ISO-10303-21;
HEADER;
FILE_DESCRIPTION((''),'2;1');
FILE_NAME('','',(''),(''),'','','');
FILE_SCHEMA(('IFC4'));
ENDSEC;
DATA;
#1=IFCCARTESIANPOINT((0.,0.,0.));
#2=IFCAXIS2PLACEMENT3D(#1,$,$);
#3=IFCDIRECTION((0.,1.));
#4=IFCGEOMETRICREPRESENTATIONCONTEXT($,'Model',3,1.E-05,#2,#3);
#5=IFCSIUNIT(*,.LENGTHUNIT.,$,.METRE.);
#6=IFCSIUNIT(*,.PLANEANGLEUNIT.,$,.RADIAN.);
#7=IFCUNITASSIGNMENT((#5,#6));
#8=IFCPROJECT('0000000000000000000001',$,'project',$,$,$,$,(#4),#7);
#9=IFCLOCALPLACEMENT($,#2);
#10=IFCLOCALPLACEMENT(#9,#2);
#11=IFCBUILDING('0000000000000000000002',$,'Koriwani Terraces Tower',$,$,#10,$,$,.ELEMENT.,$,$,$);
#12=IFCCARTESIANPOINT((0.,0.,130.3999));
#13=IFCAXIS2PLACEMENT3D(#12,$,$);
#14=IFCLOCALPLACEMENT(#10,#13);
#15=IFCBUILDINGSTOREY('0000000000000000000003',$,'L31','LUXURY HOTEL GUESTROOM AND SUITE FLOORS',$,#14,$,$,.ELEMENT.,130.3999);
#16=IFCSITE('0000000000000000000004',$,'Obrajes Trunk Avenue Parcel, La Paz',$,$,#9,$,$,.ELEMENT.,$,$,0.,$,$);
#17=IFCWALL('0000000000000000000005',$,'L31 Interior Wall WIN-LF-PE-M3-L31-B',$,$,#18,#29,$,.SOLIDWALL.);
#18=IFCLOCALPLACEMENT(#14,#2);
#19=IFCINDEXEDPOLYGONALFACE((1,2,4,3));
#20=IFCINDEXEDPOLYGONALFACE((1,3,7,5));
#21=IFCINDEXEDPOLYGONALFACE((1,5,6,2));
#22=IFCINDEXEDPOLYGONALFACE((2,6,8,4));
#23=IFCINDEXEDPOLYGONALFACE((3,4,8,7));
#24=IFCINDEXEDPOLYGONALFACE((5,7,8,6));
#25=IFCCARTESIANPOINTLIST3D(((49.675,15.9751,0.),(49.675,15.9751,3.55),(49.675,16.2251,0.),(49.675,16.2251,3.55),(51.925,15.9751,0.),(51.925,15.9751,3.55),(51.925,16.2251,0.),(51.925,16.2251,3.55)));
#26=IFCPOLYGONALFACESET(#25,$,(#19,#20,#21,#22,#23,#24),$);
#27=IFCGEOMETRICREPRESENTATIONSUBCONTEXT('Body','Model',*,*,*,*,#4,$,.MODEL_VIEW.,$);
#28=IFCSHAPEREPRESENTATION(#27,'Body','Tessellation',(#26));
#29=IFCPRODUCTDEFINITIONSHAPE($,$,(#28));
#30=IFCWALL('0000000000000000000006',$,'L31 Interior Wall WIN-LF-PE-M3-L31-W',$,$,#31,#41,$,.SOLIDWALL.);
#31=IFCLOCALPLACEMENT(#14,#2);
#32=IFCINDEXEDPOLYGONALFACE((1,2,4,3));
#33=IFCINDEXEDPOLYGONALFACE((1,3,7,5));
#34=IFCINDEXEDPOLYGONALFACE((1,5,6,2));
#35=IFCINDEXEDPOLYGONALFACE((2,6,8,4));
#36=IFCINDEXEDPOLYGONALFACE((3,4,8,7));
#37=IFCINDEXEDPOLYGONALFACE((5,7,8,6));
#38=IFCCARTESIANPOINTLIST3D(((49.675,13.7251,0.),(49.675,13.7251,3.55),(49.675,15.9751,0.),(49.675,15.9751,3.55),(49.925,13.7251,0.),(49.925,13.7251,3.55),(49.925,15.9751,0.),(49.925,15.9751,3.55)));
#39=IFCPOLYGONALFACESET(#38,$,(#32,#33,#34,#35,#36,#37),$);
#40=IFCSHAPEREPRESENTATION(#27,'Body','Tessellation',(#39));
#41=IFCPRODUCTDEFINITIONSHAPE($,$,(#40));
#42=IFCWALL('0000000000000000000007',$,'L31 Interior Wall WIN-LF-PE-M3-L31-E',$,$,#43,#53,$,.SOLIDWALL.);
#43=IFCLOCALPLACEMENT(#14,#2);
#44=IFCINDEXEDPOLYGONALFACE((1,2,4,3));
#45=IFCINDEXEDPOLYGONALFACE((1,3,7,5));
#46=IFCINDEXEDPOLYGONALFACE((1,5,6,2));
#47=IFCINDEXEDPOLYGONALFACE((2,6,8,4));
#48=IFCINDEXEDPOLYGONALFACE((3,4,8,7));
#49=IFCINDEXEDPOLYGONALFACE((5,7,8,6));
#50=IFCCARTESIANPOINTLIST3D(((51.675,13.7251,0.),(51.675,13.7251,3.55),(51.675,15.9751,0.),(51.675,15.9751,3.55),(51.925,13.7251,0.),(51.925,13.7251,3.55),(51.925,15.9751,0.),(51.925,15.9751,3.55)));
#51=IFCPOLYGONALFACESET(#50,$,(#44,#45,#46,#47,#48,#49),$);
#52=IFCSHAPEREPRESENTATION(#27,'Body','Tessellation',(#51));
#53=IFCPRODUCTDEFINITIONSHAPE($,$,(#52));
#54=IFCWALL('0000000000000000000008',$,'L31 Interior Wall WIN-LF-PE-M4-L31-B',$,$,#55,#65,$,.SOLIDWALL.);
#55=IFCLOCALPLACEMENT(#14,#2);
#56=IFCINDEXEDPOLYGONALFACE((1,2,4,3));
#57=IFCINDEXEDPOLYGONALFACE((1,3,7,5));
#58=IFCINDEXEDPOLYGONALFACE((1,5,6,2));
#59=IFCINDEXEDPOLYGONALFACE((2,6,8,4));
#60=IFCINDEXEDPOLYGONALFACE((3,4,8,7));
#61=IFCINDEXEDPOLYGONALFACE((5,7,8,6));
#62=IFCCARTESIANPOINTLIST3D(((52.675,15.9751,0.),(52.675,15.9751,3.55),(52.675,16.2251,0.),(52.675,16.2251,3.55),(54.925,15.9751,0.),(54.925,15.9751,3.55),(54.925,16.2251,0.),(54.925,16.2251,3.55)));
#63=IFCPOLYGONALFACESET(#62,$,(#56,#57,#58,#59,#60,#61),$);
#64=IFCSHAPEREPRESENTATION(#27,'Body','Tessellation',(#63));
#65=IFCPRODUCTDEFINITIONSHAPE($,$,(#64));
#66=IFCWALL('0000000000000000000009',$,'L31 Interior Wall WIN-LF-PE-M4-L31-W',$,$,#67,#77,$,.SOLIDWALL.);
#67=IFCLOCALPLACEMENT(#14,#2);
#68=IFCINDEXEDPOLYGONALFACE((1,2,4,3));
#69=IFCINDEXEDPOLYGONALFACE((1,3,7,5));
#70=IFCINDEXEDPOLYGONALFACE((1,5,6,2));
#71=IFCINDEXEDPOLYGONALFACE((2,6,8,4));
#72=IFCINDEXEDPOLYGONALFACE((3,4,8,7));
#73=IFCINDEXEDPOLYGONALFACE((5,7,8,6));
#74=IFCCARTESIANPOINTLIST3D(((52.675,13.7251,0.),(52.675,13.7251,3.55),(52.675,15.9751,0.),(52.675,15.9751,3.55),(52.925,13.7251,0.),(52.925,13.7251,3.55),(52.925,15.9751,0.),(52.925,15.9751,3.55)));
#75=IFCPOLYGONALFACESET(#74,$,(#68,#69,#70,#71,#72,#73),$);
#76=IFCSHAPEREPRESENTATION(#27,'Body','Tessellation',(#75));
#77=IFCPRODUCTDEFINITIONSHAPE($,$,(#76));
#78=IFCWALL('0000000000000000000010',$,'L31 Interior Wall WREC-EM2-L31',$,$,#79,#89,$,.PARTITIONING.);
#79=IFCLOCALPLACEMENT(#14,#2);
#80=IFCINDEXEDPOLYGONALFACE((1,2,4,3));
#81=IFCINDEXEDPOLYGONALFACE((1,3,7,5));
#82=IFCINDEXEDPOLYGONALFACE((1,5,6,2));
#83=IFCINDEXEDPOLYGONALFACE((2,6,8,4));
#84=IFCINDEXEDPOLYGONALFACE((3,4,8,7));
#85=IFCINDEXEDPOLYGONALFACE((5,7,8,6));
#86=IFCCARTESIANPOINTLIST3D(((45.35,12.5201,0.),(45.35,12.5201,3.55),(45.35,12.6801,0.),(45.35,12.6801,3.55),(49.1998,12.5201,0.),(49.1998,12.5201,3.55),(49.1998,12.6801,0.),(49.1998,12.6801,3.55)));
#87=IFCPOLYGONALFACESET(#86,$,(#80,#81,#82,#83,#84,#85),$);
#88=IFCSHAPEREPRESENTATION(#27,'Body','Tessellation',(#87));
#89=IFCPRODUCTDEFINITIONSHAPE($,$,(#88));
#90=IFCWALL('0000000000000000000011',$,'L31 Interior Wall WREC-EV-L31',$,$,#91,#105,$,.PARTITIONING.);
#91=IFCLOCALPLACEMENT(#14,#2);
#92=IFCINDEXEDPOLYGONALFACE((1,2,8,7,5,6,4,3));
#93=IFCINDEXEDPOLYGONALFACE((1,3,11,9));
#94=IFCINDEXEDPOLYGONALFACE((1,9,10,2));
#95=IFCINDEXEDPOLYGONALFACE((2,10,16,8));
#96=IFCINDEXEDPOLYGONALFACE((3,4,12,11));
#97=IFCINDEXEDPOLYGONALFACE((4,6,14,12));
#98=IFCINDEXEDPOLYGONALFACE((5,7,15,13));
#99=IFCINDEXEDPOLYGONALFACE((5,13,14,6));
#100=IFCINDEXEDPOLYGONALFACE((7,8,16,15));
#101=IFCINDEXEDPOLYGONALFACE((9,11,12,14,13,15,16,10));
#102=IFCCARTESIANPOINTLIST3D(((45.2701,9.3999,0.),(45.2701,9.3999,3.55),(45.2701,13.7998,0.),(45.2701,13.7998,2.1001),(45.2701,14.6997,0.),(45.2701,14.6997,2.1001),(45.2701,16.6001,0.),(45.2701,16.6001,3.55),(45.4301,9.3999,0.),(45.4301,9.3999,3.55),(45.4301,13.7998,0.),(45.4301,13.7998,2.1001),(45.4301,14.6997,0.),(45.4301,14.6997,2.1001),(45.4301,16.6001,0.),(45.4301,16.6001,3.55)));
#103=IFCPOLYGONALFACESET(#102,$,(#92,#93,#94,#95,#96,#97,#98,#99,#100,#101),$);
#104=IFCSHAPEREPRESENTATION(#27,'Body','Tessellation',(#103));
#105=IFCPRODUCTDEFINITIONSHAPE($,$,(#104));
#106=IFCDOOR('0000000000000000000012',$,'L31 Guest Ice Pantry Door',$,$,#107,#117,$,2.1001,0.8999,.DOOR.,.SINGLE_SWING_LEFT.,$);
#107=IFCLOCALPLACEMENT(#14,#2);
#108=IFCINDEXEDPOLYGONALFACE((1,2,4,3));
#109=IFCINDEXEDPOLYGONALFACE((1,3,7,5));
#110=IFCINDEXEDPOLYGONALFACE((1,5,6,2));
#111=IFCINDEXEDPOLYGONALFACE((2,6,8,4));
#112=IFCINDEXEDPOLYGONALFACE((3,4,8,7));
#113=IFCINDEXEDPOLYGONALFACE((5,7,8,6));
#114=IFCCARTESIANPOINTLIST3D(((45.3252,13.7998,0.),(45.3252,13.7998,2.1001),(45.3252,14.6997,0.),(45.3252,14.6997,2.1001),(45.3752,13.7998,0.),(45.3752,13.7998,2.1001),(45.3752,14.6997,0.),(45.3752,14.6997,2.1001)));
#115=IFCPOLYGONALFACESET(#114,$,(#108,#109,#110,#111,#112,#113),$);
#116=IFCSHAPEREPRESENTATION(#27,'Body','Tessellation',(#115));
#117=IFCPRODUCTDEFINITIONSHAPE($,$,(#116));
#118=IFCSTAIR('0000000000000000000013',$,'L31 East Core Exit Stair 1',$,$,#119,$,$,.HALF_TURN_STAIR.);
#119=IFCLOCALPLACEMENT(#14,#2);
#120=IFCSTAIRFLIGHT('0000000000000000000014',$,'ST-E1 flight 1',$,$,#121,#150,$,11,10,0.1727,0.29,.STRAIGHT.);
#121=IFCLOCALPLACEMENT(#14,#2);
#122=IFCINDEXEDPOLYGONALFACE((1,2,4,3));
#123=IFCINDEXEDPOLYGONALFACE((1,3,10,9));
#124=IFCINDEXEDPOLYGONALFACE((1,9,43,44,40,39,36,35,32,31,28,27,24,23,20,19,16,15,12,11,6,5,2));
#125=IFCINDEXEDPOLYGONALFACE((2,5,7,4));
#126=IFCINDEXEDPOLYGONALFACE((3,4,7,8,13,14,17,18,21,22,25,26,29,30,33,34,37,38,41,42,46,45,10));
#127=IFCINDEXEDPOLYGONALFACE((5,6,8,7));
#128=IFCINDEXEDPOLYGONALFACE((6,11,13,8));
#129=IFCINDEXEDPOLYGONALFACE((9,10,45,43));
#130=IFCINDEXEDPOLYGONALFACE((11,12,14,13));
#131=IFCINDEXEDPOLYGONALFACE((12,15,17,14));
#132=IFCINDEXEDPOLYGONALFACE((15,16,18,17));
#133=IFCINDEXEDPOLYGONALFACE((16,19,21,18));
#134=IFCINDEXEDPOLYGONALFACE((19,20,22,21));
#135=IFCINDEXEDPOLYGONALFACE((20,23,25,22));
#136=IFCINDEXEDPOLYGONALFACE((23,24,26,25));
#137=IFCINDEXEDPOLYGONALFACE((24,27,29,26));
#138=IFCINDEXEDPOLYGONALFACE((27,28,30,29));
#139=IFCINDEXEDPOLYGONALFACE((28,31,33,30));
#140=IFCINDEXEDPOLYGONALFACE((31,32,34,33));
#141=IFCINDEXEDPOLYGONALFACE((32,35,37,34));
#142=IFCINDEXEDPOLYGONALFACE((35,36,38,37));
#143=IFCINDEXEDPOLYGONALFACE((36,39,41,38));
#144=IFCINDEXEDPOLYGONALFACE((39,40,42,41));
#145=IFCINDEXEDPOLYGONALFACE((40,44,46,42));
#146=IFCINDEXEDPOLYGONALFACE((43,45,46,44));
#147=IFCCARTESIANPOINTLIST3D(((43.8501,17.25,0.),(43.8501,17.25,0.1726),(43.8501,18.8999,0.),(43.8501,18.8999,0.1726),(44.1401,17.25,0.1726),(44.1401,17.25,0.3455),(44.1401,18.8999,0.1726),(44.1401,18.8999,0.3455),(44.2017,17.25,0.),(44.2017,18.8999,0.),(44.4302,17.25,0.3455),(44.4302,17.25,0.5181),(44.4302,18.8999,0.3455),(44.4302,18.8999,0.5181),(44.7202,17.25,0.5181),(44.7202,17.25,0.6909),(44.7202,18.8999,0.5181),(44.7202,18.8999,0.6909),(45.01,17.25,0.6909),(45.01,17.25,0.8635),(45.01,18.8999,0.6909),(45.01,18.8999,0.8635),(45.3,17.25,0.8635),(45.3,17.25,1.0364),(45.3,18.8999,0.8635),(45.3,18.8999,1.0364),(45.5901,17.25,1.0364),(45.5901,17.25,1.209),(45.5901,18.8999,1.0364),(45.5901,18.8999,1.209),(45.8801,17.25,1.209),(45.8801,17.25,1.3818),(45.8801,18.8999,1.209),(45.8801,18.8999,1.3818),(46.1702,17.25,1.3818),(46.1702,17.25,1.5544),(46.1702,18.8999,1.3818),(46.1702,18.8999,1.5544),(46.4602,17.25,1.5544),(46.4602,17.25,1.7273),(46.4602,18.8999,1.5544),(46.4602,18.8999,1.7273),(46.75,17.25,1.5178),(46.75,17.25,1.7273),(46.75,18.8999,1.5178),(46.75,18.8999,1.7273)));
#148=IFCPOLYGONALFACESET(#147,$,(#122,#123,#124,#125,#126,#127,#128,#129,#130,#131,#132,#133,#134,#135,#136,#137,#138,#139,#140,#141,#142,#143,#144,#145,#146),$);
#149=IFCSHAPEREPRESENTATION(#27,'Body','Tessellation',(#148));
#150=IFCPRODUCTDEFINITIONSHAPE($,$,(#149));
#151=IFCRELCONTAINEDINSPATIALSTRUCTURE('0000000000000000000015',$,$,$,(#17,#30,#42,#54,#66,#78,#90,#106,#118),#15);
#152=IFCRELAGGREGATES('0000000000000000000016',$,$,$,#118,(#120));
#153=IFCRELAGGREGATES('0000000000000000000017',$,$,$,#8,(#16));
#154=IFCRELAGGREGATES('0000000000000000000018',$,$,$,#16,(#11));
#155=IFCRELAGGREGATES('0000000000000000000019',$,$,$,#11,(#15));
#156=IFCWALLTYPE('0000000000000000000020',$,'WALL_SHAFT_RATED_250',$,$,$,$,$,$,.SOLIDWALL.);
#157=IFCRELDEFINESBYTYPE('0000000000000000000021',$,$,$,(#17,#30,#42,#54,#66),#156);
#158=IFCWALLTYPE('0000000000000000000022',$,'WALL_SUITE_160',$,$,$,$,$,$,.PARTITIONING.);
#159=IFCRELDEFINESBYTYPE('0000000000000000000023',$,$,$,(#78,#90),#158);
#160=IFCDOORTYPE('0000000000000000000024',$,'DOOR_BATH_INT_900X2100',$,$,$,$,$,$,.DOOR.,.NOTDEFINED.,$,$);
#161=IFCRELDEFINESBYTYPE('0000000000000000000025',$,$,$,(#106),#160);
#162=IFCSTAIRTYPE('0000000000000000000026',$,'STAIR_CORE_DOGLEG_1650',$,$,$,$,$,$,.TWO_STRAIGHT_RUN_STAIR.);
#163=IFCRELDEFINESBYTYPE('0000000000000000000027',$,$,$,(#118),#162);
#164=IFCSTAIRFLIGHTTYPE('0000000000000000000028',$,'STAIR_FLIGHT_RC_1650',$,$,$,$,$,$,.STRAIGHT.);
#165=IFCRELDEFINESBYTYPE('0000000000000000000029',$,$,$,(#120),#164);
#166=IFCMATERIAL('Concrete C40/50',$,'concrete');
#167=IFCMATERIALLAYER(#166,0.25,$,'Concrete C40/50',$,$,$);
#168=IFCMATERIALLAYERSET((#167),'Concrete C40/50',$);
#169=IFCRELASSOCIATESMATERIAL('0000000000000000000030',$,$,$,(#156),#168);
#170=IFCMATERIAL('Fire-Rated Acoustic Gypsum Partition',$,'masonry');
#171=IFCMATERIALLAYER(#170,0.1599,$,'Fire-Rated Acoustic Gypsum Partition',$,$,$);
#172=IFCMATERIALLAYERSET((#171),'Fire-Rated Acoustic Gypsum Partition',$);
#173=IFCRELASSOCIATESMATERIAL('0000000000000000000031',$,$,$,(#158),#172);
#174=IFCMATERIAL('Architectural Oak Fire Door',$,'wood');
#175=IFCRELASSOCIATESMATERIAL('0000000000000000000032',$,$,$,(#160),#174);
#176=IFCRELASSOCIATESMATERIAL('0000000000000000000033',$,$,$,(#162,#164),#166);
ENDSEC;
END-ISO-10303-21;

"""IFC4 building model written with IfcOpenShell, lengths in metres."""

from ifc_helpers import new_model, si_unit, direction, frame, frame_2d, origin, place, context, subcontext, project, spatial, polyline, rectangle, outline, extrude, material, layer, layer_set, type_object, element, fill, aggregate, save


model = new_model("IFC4")

# Units and contexts
model_context = context("Model", 3, precision=1e-05, world=origin(), true_north=direction((0.0, 1.0)))
body_context = subcontext(model_context, "Body", "Model", "MODEL_VIEW")
ifc_project = project(units=[si_unit("LENGTHUNIT", "METRE"), si_unit("PLANEANGLEUNIT", "RADIAN")], contexts=[model_context])

# Site, building, storey
site_placement = place(None, origin())
site = spatial("IfcSite", under=ifc_project, at=site_placement, Name="Obrajes Trunk Avenue Parcel, La Paz", CompositionType="ELEMENT", RefElevation=0.0)
building_placement = place(site_placement, origin())
building = spatial("IfcBuilding", under=site, at=building_placement, Name="Koriwani Terraces Tower", CompositionType="ELEMENT")
storey_placement = place(building_placement, frame((0.0, 0.0, 130.3999)))
storey = spatial("IfcBuildingStorey", under=building, at=storey_placement, Name="L31", Description="LUXURY HOTEL GUESTROOM AND SUITE FLOORS", CompositionType="ELEMENT", Elevation=130.3999)

# Shared definitions
ifc_material_1 = material(Name="Concrete C40/50", Category="concrete")

# Shared definitions
ifc_layer_1 = layer(ifc_material_1, 0.25, Name="Concrete C40/50")
ifc_layer_set_1 = layer_set([ifc_layer_1], Name="Concrete C40/50")
wall_type_1 = type_object("IfcWallType", Name="WALL_SHAFT_RATED_250", PredefinedType="SOLIDWALL", material=ifc_layer_set_1)

# Walls
for number, where, z_axis, x_axis, name in (
    (1, (49.675, 16.1001, 0.0), (0.0, 0.0, 1.0), (1.0, 0.0, 0.0), "L31 Interior Wall WIN-LF-PE-M3-L31-B"),
    (2, (49.8, 13.7251, 0.0), (0.0, 0.0, 1.0), (0.0, 1.0, 0.0), "L31 Interior Wall WIN-LF-PE-M3-L31-W"),
    (3, (51.8, 13.7251, 0.0), (0.0, 0.0, 1.0), (0.0, 1.0, 0.0), "L31 Interior Wall WIN-LF-PE-M3-L31-E"),
):
    element("IfcWall", number, at=place(storey_placement, frame(where, z_axis=z_axis, x_axis=x_axis)), inside=storey, type_object=wall_type_1, Name=name, PredefinedType="SOLIDWALL", context=body_context, shape_type="SweptSolid", body=[
        extrude(rectangle(XDim=2.25, YDim=0.25, at=frame_2d((1.125, 0.0))), origin(), (0.0, 0.0, 1.0), 3.55),
    ])

# Walls
for number, where, z_axis, x_axis, name in (
    (4, (52.675, 16.1001, 0.0), (0.0, 0.0, 1.0), (1.0, 0.0, 0.0), "L31 Interior Wall WIN-LF-PE-M4-L31-B"),
    (5, (52.8, 13.7251, 0.0), (0.0, 0.0, 1.0), (0.0, 1.0, 0.0), "L31 Interior Wall WIN-LF-PE-M4-L31-W"),
):
    element("IfcWall", number, at=place(storey_placement, frame(where, z_axis=z_axis, x_axis=x_axis)), inside=storey, type_object=wall_type_1, Name=name, PredefinedType="SOLIDWALL", context=body_context, shape_type="SweptSolid", body=[
        extrude(rectangle(XDim=2.25, YDim=0.25, at=frame_2d((1.125, 0.0))), origin(), (0.0, 0.0, 1.0), 3.55),
    ])
ifc_material_2 = material(Name="Fire-Rated Acoustic Gypsum Partition", Category="masonry")
ifc_layer_2 = layer(ifc_material_2, 0.1599, Name="Fire-Rated Acoustic Gypsum Partition")
ifc_layer_set_2 = layer_set([ifc_layer_2], Name="Fire-Rated Acoustic Gypsum Partition")
wall_type_2 = type_object("IfcWallType", Name="WALL_SUITE_160", PredefinedType="PARTITIONING", material=ifc_layer_set_2)
wall_1_placement = place(storey_placement, frame((45.3501, 12.6001, 0.0), z_axis=(0.0, 0.0, 1.0), x_axis=(1.0, 0.0, 0.0)))
element("IfcWall", 6, at=wall_1_placement, inside=storey, type_object=wall_type_2, Name="L31 Interior Wall WREC-EM2-L31", PredefinedType="PARTITIONING", context=body_context, shape_type="SweptSolid", body=[
    extrude(rectangle(XDim=3.8499, YDim=0.1599, at=frame_2d((1.9248, 0.0))), origin(), (0.0, 0.0, 1.0), 3.55),
])

# Wall, opening, door
wall_2_placement = place(storey_placement, frame((45.3501, 9.3999, 0.0), z_axis=(0.0, 0.0, 1.0), x_axis=(0.0, 1.0, 0.0)))
wall_2 = element("IfcWall", 7, at=wall_2_placement, inside=storey, type_object=wall_type_2, Name="L31 Interior Wall WREC-EV-L31", PredefinedType="PARTITIONING", context=body_context, shape_type="SweptSolid", body=[
    extrude(rectangle(XDim=7.2002, YDim=0.1599, at=frame_2d((3.6001, 0.0))), origin(), (0.0, 0.0, 1.0), 3.55),
])
opening_1_placement = place(wall_2_placement, frame((4.3999, 0.0, 0.0)))
opening_1 = element("IfcOpeningElement", 8, at=opening_1_placement, cuts=wall_2, PredefinedType="OPENING", context=body_context, shape_type="SweptSolid", body=[
    extrude(rectangle(XDim=0.8999, YDim=2.1001, at=frame_2d((0.45, 1.05))), frame((0.0, 0.0898, 0.0), z_axis=(0.0, -1.0, 0.0), x_axis=(1.0, 0.0, 0.0)), (0.0, 0.0, 1.0), 0.1799),
])
ifc_material_3 = material(Name="Architectural Oak Fire Door", Category="wood")
door_type_1 = type_object("IfcDoorType", Name="DOOR_BATH_INT_900X2100", OperationType="NOTDEFINED", PredefinedType="DOOR", material=ifc_material_3)
door_1_placement = place(opening_1_placement, origin())
door_1 = element("IfcDoor", 9, at=door_1_placement, inside=storey, type_object=door_type_1, Name="L31 Guest Ice Pantry Door", OperationType="SINGLE_SWING_LEFT", OverallHeight=2.1001, OverallWidth=0.8999, PredefinedType="DOOR", context=body_context, shape_type="SweptSolid", body=[
    extrude(rectangle(XDim=0.8999, YDim=2.1001, at=frame_2d((0.45, 1.05))), frame((0.0, 0.0249, 0.0), z_axis=(0.0, -1.0, 0.0), x_axis=(1.0, 0.0, 0.0)), (0.0, 0.0, 1.0), 0.05),
])
fill(opening_1, door_1)

# Stair, stair flight
stair_type = type_object("IfcStairType", Name="STAIR_CORE_DOGLEG_1650", PredefinedType="TWO_STRAIGHT_RUN_STAIR", material=ifc_material_1)
stair_placement = place(storey_placement, origin())
stair = element("IfcStair", 10, at=stair_placement, inside=storey, type_object=stair_type, Name="L31 East Core Exit Stair 1", PredefinedType="HALF_TURN_STAIR")
stair_flight_type = type_object("IfcStairFlightType", Name="STAIR_FLIGHT_RC_1650", PredefinedType="STRAIGHT", material=ifc_material_1)
stair_flight_placement = place(storey_placement, frame((43.8501, 18.075, 0.0), z_axis=(0.0, 0.0, 1.0), x_axis=(1.0, 0.0, 0.0)))
stair_flight = element("IfcStairFlight", 11, at=stair_flight_placement, type_object=stair_flight_type, Name="ST-E1 flight 1", NumberOfRisers=11, NumberOfTreads=10, PredefinedType="STRAIGHT", RiserHeight=0.1727, TreadLength=0.29, context=body_context, shape_type="SweptSolid", body=[
    extrude(outline(polyline([(0.0, 0.0), (0.0, 0.1726), (0.29, 0.1726), (0.29, 0.3455), (0.5801, 0.3455), (0.5801, 0.5181), (0.8701, 0.5181), (0.8701, 0.6909), (1.1599, 0.6909), (1.1599, 0.8635), (1.45, 0.8635), (1.45, 1.0364), (1.74, 1.0364), (1.74, 1.209), (2.03, 1.209), (2.03, 1.3818), (2.3201, 1.3818), (2.3201, 1.5544), (2.6101, 1.5544), (2.6101, 1.7273), (2.8999, 1.7273), (2.8999, 1.8999), (2.8999, 1.5178), (0.3516, 0.0), (0.0, 0.0)])), frame((0.0, 0.825, 0.0), z_axis=(0.0, -1.0, 0.0), x_axis=(1.0, 0.0, 0.0)), (0.0, 0.0, 1.0), 1.6499),
])
aggregate(stair, [stair_flight])

save(model, "model.ifc")
